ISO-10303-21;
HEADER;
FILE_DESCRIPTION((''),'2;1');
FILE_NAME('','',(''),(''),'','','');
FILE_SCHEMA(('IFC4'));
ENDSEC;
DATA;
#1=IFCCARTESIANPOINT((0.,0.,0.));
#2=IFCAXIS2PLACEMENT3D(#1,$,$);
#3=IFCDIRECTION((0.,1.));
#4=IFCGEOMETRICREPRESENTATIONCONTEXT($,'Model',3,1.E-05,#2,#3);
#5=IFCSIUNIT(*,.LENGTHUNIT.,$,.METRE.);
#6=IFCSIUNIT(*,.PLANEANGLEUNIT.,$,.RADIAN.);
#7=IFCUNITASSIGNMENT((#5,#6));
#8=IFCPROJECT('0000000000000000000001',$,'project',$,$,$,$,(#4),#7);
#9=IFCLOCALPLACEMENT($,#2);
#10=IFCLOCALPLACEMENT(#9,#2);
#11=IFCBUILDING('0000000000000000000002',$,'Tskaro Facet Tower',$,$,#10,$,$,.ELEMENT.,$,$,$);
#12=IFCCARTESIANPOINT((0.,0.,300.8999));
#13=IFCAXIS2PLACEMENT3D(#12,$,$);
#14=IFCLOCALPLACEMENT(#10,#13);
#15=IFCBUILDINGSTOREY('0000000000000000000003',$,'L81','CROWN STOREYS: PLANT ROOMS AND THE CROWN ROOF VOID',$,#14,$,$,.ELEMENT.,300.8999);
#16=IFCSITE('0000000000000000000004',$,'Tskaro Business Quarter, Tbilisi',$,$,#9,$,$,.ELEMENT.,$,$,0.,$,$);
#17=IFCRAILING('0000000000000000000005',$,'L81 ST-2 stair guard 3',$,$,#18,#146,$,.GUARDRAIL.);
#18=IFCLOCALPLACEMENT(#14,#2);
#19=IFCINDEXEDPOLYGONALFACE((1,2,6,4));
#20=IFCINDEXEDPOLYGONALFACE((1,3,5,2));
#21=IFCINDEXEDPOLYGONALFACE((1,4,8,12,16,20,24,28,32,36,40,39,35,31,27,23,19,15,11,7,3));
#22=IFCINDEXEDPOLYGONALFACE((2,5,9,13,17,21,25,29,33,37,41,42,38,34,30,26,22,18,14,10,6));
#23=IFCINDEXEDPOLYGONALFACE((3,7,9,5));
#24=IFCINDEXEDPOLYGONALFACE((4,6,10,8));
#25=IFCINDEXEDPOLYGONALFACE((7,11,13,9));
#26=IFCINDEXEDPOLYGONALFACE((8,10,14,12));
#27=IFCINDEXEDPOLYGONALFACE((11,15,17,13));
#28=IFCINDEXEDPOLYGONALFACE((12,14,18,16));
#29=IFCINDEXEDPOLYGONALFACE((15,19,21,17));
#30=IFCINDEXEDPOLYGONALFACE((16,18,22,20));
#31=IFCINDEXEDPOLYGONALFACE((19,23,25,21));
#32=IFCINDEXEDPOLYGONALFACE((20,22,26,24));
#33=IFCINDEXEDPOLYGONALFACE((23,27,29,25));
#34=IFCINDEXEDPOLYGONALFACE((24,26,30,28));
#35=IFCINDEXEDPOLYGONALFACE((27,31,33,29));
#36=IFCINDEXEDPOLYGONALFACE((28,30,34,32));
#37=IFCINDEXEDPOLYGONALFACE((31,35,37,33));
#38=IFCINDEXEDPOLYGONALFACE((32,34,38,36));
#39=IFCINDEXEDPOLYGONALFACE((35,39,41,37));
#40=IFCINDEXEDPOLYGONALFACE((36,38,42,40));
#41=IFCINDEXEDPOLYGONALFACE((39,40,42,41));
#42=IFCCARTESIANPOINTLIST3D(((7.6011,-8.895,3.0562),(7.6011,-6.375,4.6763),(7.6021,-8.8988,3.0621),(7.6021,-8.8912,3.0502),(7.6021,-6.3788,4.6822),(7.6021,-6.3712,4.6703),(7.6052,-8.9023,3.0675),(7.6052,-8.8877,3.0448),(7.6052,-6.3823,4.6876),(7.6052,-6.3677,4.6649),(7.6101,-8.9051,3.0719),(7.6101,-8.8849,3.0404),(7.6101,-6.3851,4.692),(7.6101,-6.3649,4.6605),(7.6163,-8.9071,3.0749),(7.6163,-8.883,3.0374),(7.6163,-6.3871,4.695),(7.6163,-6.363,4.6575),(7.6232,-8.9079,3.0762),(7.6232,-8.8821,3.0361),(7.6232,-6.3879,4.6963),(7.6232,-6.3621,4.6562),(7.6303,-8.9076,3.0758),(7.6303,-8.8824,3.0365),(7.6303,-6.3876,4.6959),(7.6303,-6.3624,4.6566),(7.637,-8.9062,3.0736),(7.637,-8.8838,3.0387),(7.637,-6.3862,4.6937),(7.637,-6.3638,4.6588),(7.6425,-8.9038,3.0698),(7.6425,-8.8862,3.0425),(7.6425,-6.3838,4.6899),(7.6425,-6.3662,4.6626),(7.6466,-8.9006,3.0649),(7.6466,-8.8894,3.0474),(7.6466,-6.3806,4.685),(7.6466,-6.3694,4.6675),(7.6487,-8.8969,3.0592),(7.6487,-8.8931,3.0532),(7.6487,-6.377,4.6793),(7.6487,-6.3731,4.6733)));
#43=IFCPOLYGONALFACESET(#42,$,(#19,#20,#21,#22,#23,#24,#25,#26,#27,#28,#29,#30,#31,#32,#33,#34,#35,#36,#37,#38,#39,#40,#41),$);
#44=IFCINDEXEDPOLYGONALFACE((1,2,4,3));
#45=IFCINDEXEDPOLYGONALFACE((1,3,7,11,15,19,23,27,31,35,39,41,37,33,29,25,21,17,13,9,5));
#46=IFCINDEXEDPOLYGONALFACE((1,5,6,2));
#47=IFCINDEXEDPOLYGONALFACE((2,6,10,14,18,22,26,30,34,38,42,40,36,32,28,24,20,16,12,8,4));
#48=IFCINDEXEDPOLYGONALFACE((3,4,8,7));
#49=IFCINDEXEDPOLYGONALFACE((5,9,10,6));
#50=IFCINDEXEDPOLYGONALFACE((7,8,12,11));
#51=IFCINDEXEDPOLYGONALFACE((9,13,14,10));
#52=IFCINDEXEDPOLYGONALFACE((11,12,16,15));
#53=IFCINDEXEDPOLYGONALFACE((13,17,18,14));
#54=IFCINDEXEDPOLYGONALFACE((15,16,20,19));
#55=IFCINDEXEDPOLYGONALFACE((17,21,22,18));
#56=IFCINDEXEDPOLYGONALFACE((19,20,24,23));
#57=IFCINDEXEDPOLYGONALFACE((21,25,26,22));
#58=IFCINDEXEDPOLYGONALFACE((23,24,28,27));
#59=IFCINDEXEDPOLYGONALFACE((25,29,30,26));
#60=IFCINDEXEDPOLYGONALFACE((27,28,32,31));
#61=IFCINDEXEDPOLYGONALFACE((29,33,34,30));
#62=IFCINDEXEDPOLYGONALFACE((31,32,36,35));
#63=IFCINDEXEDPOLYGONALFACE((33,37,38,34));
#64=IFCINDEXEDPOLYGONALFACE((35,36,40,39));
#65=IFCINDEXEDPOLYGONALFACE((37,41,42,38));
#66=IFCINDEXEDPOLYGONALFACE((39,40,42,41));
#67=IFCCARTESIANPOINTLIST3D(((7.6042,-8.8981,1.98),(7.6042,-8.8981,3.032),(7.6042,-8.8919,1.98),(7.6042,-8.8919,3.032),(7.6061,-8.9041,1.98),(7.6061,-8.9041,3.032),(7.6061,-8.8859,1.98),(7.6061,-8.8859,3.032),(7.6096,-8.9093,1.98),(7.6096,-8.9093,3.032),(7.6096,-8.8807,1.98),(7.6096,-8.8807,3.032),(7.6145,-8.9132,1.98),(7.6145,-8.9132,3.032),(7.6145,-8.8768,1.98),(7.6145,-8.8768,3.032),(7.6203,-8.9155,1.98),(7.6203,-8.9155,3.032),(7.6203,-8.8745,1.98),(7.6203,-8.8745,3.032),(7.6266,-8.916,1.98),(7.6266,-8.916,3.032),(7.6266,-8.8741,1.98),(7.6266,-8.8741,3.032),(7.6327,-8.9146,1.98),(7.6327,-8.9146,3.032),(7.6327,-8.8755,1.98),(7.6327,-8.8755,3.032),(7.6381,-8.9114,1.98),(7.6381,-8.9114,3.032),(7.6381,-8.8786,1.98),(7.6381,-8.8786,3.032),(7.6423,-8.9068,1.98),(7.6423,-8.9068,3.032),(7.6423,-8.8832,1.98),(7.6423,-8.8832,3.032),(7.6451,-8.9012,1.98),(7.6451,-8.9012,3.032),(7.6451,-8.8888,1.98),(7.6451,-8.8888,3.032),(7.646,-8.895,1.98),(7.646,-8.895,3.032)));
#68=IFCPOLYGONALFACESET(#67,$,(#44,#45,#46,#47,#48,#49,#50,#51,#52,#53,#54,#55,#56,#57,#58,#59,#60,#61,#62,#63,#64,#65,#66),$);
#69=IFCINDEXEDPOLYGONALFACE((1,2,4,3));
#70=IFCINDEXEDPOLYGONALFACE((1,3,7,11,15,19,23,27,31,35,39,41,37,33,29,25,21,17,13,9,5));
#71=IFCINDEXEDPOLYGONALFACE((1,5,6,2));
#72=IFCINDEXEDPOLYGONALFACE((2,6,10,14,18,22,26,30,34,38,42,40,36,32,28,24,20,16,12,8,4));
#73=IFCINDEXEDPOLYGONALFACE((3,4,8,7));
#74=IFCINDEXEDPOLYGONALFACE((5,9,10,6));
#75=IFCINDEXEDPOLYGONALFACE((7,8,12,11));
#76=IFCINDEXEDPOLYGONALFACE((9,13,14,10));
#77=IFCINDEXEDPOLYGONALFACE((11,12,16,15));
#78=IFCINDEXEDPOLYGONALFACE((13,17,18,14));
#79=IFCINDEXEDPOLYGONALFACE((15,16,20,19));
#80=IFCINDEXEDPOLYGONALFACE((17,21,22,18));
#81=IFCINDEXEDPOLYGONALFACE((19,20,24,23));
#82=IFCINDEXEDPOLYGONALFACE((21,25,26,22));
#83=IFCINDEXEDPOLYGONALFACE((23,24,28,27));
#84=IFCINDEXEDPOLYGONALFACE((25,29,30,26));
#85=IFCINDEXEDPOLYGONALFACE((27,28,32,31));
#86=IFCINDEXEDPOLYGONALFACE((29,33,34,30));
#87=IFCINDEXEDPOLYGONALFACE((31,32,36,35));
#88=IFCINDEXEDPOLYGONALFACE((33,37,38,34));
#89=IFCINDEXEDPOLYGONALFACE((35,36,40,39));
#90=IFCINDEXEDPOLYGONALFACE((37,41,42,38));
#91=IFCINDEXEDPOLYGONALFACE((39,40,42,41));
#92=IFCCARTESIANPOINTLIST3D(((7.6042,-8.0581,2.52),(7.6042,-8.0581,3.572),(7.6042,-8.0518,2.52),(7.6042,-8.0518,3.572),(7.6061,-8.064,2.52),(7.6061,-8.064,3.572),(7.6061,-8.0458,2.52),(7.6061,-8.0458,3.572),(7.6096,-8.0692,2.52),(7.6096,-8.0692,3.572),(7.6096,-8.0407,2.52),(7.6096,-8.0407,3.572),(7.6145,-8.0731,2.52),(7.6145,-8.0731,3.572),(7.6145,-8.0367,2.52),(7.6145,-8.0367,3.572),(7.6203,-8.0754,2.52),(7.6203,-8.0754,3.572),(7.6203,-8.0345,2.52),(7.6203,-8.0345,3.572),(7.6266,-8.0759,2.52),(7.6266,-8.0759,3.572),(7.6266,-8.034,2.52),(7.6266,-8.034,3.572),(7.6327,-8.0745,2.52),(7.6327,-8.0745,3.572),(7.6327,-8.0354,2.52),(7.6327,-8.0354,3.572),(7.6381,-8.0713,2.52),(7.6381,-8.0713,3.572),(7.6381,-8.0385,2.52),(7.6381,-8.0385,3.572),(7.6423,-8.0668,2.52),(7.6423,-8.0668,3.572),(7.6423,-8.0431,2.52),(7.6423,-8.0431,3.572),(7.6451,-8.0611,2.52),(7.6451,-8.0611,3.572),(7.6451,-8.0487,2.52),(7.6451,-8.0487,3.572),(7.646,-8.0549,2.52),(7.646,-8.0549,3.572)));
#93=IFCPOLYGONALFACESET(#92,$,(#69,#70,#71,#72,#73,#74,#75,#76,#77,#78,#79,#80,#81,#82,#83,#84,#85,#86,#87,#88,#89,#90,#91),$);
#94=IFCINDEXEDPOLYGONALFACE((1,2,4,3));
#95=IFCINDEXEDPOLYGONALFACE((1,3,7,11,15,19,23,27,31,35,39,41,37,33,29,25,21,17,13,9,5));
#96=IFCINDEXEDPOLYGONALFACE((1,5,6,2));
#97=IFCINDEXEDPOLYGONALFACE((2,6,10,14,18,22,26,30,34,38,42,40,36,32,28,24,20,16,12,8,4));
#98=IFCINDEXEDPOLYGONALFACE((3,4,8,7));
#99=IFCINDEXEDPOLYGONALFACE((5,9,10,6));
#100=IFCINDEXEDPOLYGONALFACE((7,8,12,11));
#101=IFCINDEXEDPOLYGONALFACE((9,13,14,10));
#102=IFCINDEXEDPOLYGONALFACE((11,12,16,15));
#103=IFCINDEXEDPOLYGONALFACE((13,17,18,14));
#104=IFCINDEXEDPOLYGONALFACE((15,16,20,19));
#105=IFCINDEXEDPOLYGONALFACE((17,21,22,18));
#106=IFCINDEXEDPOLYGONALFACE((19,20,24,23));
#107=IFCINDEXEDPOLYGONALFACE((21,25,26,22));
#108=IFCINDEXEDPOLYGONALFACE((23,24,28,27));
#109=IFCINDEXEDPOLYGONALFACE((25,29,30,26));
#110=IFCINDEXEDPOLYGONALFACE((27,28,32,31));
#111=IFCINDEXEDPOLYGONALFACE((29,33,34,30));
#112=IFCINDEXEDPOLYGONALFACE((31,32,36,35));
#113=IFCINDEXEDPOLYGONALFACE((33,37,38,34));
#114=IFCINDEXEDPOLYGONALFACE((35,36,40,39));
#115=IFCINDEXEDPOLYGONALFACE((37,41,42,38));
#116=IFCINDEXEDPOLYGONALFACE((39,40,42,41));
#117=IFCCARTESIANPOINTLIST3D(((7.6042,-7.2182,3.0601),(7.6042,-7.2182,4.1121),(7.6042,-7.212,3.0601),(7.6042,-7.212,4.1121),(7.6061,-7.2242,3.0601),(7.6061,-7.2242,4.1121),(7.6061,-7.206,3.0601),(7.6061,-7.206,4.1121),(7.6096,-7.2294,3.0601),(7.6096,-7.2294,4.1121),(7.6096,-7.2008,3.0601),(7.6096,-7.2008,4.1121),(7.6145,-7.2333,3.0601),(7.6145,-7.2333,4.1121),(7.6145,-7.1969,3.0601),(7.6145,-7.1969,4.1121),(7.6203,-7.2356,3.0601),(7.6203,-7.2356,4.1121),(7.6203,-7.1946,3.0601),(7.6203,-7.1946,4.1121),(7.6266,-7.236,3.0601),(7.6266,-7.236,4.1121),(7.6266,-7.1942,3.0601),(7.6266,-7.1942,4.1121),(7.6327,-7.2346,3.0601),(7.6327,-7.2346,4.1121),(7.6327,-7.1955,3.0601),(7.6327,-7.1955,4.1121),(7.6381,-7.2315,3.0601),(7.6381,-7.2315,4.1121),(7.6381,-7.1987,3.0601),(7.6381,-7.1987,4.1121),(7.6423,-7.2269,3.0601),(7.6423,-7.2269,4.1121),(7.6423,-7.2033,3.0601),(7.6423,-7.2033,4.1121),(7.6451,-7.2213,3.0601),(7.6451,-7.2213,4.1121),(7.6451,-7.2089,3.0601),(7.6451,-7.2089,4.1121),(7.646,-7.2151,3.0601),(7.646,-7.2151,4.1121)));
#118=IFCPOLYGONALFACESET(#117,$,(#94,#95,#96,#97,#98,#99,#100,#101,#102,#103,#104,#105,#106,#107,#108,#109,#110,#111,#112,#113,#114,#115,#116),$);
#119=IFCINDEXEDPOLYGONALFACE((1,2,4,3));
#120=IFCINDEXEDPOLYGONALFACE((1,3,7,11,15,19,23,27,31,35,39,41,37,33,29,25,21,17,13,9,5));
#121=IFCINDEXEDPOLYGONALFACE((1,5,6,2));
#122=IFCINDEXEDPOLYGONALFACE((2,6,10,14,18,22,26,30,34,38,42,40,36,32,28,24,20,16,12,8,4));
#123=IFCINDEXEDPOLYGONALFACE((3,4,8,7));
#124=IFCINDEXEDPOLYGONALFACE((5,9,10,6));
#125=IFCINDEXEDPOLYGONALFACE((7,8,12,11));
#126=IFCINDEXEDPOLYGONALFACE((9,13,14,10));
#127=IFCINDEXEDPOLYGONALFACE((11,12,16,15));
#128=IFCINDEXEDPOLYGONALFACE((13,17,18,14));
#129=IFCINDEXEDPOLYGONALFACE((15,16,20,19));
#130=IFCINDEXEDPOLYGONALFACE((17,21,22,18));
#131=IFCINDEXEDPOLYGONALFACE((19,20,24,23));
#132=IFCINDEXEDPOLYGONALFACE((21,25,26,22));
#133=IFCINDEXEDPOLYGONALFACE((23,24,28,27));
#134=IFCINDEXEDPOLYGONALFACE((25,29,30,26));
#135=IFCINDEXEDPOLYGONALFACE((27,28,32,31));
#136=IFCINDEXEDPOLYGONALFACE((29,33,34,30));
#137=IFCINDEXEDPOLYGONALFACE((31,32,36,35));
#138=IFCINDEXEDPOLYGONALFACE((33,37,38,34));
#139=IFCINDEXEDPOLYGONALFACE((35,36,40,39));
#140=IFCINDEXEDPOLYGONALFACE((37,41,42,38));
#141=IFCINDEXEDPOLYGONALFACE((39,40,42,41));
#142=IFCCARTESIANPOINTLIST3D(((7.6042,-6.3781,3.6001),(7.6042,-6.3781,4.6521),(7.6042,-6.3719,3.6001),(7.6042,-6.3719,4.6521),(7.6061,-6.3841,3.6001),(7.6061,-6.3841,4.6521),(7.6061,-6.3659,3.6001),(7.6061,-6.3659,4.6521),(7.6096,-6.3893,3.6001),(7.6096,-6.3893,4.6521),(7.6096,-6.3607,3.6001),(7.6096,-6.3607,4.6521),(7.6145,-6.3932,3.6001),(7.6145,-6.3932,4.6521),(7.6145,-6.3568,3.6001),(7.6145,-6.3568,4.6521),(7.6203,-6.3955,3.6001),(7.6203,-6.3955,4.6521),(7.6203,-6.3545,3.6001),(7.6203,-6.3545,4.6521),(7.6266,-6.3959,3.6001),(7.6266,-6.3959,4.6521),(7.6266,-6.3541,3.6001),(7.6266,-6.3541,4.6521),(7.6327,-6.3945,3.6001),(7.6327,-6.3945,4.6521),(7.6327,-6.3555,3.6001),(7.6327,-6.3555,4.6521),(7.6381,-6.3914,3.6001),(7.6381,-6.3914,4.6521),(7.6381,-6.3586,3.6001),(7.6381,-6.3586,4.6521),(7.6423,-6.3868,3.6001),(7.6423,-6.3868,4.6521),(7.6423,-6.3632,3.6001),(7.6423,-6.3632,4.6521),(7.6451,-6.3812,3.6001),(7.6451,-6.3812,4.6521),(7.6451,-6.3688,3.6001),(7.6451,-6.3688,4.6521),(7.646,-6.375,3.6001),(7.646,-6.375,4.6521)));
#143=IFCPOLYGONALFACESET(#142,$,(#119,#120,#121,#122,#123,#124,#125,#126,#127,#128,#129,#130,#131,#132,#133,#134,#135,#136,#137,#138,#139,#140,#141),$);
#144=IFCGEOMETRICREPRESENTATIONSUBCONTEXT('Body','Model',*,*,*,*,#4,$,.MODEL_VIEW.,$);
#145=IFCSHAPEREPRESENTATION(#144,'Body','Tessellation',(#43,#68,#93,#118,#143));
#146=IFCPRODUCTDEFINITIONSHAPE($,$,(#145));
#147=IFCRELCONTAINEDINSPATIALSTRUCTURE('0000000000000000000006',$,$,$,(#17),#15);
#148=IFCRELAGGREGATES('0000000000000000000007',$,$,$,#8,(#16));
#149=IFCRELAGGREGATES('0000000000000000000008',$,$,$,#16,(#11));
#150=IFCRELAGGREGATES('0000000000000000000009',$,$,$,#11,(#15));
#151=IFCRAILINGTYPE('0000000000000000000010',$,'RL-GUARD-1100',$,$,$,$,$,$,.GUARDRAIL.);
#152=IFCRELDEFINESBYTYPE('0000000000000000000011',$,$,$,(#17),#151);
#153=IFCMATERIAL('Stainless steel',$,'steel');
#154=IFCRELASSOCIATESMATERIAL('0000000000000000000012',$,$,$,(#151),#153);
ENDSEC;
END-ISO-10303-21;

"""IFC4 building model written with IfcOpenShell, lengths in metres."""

from ifc_helpers import new_model, si_unit, direction, frame, origin, origin_2d, place, context, subcontext, project, spatial, circle, extrude, material, type_object, element, save


model = new_model("IFC4")

# Units and contexts
model_context = context("Model", 3, precision=1e-05, world=origin(), true_north=direction((0.0, 1.0)))
body_context = subcontext(model_context, "Body", "Model", "MODEL_VIEW")
ifc_project = project(units=[si_unit("LENGTHUNIT", "METRE"), si_unit("PLANEANGLEUNIT", "RADIAN")], contexts=[model_context])

# Site, building, storey
site_placement = place(None, origin())
site = spatial("IfcSite", under=ifc_project, at=site_placement, Name="Tskaro Business Quarter, Tbilisi", CompositionType="ELEMENT", RefElevation=0.0)
building_placement = place(site_placement, origin())
building = spatial("IfcBuilding", under=site, at=building_placement, Name="Tskaro Facet Tower", CompositionType="ELEMENT")
storey_placement = place(building_placement, frame((0.0, 0.0, 300.8999)))
storey = spatial("IfcBuildingStorey", under=building, at=storey_placement, Name="L81", Description="CROWN STOREYS: PLANT ROOMS AND THE CROWN ROOF VOID", CompositionType="ELEMENT", Elevation=300.8999)

# Railing
ifc_material_1 = material(Name="Stainless steel", Category="steel")
railing_type_1 = type_object("IfcRailingType", Name="RL-GUARD-1100", PredefinedType="GUARDRAIL", material=ifc_material_1)
railing_1_placement = place(storey_placement, frame((7.625, -8.895, 1.98)))
element("IfcRailing", 1, at=railing_1_placement, inside=storey, type_object=railing_type_1, Name="L81 ST-2 stair guard 3", PredefinedType="GUARDRAIL", context=body_context, shape_type="SweptSolid", body=[
    extrude(circle(Radius=0.0239, at=origin_2d()), frame((0.0, 0.0, 1.0762), z_axis=(0.0, 0.841163, 0.540782), x_axis=(-1.0, 0.0, 0.0)), (0.0, 0.0, 1.0), 2.9958),
    extrude(circle(Radius=0.021, at=origin_2d()), origin(), (0.0, 0.0, 1.0), 1.052),
    extrude(circle(Radius=0.021, at=origin_2d()), frame((0.0, 0.8401, 0.54)), (0.0, 0.0, 1.0), 1.052),
    extrude(circle(Radius=0.021, at=origin_2d()), frame((0.0, 1.6799, 1.0801)), (0.0, 0.0, 1.0), 1.052),
    extrude(circle(Radius=0.021, at=origin_2d()), frame((0.0, 2.52, 1.6201)), (0.0, 0.0, 1.0), 1.052),
])

save(model, "model.ifc")
